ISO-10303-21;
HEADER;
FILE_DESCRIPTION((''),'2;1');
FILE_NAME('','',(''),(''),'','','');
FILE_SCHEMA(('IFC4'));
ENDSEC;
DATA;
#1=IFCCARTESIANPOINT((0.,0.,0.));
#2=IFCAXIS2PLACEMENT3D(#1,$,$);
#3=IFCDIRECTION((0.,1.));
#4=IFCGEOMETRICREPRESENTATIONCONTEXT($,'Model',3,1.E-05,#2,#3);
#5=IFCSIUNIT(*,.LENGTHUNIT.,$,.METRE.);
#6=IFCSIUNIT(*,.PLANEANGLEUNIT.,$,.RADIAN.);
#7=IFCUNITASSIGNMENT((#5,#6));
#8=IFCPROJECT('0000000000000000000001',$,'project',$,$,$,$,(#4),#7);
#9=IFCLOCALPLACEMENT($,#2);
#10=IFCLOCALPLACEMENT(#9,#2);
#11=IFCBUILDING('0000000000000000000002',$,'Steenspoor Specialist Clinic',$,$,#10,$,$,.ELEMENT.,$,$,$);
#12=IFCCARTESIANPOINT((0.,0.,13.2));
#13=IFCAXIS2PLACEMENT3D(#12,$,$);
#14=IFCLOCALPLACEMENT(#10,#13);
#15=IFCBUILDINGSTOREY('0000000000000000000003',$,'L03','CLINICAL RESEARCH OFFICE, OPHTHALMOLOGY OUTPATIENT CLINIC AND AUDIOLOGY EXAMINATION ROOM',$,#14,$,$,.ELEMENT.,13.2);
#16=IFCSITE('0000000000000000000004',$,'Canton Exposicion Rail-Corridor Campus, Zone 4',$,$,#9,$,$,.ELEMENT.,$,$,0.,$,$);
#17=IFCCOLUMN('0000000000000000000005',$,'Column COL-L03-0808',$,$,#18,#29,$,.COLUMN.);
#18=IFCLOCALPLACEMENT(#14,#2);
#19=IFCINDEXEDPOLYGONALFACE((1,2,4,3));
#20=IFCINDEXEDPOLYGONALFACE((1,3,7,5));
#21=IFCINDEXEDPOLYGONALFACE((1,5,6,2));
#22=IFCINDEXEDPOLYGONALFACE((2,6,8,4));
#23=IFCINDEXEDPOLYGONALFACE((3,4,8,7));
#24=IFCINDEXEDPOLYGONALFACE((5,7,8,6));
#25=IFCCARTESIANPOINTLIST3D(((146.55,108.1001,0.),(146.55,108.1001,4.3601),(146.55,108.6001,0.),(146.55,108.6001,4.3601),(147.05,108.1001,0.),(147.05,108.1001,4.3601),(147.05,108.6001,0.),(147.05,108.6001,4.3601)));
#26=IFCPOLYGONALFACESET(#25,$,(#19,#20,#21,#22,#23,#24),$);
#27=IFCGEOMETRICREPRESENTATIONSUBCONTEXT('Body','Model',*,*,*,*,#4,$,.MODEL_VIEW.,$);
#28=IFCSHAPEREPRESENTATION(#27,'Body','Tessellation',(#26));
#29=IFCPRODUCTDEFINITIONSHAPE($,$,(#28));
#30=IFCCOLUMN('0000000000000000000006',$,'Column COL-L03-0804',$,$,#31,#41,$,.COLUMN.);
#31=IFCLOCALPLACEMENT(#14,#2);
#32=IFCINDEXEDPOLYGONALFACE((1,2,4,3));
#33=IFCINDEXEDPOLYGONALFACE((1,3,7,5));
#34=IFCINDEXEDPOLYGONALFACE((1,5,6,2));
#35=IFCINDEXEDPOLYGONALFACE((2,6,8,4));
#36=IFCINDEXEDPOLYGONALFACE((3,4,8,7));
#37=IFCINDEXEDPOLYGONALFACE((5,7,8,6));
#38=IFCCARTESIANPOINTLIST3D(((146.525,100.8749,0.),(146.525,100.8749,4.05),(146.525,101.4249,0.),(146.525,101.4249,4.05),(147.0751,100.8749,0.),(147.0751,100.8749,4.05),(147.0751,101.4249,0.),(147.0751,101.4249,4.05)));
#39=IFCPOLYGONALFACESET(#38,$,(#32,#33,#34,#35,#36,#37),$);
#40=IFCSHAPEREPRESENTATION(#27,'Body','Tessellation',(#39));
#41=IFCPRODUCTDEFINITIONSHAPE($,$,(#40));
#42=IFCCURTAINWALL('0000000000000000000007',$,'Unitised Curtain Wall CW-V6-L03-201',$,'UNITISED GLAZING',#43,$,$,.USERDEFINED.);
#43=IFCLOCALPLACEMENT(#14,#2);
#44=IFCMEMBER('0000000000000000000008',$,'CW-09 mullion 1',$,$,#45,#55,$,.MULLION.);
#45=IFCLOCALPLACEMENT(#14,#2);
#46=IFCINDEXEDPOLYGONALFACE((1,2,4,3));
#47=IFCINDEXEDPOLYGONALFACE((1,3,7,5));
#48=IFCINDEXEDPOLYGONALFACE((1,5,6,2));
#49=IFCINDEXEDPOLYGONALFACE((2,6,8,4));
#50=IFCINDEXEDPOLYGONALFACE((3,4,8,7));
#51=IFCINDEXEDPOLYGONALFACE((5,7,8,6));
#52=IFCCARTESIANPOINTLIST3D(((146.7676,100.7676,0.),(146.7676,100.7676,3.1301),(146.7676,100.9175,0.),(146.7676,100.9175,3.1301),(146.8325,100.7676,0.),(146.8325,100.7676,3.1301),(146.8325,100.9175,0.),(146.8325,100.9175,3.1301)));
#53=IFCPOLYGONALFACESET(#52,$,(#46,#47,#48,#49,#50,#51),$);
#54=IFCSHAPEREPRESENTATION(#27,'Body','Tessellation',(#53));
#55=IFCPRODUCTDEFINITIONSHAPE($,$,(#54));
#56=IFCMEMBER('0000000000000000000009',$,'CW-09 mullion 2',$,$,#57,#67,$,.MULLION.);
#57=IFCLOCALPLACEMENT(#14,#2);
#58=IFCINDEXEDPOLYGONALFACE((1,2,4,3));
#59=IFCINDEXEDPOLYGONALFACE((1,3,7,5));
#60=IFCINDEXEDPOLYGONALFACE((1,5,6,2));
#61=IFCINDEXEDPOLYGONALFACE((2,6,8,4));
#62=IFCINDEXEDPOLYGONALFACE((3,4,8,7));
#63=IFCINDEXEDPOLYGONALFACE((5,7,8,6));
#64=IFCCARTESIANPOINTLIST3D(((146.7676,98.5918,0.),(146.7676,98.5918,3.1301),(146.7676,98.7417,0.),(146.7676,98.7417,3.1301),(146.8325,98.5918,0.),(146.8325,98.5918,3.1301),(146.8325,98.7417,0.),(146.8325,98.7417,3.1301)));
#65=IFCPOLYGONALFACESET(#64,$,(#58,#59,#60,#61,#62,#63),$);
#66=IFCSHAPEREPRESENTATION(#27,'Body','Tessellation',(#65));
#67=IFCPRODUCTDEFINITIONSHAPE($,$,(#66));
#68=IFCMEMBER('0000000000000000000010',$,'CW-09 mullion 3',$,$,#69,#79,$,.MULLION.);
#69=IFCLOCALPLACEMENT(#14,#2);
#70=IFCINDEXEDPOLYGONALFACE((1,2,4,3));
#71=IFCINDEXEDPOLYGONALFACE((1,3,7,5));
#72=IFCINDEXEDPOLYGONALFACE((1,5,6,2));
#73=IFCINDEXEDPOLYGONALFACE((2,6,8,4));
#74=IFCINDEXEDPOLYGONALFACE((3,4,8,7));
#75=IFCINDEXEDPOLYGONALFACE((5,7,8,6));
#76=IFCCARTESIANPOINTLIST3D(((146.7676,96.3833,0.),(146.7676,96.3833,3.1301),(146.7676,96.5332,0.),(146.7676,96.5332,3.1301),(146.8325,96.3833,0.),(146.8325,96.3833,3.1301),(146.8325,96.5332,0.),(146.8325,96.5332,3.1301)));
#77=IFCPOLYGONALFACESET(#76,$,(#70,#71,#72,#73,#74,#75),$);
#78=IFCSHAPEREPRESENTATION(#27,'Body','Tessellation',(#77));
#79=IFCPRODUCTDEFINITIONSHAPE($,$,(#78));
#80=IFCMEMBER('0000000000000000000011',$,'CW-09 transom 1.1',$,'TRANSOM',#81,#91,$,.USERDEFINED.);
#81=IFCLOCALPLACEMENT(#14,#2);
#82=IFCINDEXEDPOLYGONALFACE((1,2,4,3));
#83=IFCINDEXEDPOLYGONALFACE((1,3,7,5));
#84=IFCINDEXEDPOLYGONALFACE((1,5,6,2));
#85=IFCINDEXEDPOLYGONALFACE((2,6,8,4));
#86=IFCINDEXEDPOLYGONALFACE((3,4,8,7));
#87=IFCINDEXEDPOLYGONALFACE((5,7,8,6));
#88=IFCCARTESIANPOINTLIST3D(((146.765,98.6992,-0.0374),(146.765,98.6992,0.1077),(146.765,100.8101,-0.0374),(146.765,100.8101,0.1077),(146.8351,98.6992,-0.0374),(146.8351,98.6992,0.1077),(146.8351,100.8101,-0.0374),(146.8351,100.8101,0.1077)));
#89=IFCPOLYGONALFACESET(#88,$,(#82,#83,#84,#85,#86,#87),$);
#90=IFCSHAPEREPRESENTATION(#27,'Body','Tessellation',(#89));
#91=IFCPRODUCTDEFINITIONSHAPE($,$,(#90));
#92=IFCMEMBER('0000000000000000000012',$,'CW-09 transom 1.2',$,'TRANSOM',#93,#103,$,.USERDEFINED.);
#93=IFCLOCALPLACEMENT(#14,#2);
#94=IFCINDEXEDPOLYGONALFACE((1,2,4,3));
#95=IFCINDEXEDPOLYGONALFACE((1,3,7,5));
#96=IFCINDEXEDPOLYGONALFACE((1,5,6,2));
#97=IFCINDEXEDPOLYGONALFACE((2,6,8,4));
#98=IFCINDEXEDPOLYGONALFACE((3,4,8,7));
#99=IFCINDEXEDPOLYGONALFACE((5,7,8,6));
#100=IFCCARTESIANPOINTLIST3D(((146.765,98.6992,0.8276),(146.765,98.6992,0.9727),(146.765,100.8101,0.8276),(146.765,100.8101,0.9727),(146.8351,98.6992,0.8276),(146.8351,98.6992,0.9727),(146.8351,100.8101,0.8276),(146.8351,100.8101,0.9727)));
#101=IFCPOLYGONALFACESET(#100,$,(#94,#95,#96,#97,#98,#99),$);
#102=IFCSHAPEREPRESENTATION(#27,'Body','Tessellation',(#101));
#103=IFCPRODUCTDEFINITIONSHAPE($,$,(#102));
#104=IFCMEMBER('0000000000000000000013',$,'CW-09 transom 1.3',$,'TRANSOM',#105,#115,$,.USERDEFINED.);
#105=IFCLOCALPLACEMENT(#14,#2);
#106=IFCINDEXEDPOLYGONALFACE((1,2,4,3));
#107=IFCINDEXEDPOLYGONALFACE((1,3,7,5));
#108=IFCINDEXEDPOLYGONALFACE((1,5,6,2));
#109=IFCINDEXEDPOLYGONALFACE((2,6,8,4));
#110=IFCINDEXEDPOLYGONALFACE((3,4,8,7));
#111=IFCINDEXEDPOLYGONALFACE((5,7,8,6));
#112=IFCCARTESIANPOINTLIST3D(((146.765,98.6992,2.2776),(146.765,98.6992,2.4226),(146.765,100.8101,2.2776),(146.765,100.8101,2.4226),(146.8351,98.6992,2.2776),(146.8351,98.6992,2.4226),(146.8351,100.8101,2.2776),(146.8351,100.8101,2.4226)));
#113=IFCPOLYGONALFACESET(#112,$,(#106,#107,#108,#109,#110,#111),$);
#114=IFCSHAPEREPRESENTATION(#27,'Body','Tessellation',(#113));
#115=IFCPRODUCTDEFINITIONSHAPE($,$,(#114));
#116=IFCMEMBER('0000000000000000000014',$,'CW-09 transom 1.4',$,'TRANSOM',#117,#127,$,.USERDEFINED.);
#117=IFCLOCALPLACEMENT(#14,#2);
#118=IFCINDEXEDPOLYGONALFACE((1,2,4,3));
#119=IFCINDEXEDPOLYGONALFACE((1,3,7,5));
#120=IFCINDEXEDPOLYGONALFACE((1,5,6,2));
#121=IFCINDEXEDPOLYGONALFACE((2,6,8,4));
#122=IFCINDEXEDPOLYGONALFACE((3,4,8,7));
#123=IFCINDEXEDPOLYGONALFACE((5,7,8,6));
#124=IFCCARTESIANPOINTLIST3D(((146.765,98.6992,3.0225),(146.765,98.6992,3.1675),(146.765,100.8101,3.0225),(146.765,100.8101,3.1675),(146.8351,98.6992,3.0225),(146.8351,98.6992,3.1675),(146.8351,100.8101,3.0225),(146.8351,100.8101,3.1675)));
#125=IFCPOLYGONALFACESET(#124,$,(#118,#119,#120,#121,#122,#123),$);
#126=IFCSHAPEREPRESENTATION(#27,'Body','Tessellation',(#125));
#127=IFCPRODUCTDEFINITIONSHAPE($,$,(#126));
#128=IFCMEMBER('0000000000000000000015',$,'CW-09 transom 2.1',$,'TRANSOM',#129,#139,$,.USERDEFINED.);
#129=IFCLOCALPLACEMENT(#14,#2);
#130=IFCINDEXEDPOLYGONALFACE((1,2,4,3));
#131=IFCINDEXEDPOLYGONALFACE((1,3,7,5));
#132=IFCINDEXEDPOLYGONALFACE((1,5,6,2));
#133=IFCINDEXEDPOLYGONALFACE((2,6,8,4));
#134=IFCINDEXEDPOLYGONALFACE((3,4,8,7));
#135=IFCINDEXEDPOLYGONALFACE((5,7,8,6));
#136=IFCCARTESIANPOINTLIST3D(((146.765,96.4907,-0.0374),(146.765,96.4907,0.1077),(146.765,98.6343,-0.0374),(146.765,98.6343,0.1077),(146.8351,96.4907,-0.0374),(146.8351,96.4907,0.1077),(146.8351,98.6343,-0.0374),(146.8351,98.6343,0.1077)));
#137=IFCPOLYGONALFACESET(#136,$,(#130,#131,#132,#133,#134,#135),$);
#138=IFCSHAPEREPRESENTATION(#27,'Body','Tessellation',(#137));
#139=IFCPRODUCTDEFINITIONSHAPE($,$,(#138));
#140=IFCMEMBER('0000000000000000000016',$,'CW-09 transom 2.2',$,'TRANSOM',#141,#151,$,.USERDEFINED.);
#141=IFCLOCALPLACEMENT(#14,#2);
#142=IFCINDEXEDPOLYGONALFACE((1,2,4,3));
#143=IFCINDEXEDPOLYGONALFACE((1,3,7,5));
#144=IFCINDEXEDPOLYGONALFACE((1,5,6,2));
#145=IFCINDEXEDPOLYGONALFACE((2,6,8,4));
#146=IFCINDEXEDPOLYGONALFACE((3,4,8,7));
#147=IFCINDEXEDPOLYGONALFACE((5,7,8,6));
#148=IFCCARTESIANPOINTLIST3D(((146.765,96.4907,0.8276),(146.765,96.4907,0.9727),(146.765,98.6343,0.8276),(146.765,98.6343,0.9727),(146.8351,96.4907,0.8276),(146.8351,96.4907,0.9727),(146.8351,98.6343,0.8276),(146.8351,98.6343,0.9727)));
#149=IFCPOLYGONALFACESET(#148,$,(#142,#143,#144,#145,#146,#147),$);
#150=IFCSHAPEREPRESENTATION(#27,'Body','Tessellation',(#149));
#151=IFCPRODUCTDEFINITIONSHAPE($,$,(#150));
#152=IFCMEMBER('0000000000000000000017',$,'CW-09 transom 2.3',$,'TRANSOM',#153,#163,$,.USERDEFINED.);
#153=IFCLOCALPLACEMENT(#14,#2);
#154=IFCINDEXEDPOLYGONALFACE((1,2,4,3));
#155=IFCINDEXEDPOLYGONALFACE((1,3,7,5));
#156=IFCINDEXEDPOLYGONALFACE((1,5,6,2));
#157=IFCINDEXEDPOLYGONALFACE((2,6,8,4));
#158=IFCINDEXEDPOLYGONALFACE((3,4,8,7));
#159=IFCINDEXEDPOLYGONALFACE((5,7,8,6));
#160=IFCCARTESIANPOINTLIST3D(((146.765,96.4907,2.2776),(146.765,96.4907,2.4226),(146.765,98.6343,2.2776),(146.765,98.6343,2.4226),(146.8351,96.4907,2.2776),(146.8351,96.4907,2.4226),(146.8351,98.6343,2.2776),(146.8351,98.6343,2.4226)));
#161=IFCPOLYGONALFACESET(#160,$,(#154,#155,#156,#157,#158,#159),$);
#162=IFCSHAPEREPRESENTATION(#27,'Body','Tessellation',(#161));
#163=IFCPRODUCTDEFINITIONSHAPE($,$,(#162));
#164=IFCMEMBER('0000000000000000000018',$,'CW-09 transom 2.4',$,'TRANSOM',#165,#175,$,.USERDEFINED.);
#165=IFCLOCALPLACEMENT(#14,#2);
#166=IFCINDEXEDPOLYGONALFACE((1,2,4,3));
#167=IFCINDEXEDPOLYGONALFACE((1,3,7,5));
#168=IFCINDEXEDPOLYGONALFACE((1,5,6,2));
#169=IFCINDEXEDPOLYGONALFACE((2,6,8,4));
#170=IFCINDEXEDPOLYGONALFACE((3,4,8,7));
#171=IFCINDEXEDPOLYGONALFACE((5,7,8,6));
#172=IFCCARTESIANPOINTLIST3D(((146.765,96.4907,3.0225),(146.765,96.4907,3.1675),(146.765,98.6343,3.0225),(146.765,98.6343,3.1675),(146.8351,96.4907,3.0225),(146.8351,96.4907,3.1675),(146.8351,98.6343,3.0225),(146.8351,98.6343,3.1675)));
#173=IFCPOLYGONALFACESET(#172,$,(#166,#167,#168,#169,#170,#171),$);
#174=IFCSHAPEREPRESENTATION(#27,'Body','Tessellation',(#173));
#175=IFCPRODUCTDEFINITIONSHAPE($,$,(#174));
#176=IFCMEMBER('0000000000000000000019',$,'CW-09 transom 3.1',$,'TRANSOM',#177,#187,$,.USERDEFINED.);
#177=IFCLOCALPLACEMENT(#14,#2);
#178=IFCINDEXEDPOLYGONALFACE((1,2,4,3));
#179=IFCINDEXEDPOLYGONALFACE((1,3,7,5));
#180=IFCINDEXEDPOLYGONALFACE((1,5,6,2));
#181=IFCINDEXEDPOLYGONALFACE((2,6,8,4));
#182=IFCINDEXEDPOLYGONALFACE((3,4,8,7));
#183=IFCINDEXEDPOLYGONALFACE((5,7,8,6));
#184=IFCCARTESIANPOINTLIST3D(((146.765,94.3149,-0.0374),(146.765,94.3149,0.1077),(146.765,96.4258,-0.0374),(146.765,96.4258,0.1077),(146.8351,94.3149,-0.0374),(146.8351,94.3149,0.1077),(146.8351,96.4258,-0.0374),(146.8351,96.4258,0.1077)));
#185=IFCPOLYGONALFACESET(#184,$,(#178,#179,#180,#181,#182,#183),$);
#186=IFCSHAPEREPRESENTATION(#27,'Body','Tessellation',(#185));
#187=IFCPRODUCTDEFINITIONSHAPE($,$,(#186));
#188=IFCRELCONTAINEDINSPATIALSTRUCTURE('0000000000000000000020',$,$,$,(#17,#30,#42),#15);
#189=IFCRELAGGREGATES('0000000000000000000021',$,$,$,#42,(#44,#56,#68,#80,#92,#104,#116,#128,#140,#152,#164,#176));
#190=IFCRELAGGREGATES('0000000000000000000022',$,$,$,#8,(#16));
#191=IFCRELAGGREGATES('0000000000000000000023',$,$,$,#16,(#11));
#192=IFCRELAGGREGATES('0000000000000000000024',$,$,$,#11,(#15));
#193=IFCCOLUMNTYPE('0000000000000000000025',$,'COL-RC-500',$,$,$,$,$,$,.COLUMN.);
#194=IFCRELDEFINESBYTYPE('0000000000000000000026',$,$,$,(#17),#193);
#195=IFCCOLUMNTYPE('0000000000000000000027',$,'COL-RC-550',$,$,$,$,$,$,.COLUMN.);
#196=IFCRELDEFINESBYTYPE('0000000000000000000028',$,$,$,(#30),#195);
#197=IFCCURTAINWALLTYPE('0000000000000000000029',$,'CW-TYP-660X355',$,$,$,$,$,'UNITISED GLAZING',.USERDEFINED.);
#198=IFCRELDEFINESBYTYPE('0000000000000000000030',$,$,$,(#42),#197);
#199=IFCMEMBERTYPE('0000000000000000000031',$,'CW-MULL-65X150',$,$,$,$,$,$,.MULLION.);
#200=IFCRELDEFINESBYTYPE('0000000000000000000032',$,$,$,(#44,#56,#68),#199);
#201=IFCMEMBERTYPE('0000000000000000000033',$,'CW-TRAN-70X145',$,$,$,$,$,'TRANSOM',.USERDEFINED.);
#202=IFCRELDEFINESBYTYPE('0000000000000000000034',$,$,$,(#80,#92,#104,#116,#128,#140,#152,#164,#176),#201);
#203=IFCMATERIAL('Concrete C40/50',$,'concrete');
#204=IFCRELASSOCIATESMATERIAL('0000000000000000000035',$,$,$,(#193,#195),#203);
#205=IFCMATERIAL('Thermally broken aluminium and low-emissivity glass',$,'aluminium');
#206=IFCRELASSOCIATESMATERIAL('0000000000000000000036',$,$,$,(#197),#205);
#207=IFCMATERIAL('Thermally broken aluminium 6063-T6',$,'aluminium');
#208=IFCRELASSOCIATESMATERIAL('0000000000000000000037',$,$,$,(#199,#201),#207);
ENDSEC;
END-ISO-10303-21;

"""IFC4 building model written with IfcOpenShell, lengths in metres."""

from ifc_helpers import new_model, si_unit, direction, frame, origin, origin_2d, place, context, subcontext, project, spatial, rectangle, extrude, material, material_profile, profile_set, type_object, element, aggregate, save


model = new_model("IFC4")

# Units and contexts
model_context = context("Model", 3, precision=1e-05, world=origin(), true_north=direction((0.0, 1.0)))
body_context = subcontext(model_context, "Body", "Model", "MODEL_VIEW")
ifc_project = project(units=[si_unit("LENGTHUNIT", "METRE"), si_unit("PLANEANGLEUNIT", "RADIAN")], contexts=[model_context])

# Site, building, storey
site_placement = place(None, origin())
site = spatial("IfcSite", under=ifc_project, at=site_placement, Name="Canton Exposicion Rail-Corridor Campus, Zone 4", CompositionType="ELEMENT", RefElevation=0.0)
building_placement = place(site_placement, origin())
building = spatial("IfcBuilding", under=site, at=building_placement, Name="Steenspoor Specialist Clinic", CompositionType="ELEMENT")
storey_placement = place(building_placement, frame((0.0, 0.0, 13.2)))
storey = spatial("IfcBuildingStorey", under=building, at=storey_placement, Name="L03", Description="CLINICAL RESEARCH OFFICE, OPHTHALMOLOGY OUTPATIENT CLINIC AND AUDIOLOGY EXAMINATION ROOM", CompositionType="ELEMENT", Elevation=13.2)

# Columns
ifc_material_1 = material(Name="Concrete C40/50", Category="concrete")
ifc_material_profile_1 = material_profile(ifc_material_1, rectangle(XDim=0.5, YDim=0.5, at=origin_2d()), Name="RC-COL-500X500")
ifc_profile_set_1 = profile_set([ifc_material_profile_1], Name="Concrete C40/50")
column_type_1 = type_object("IfcColumnType", Name="COL-RC-500", PredefinedType="COLUMN", material=ifc_profile_set_1)
column_1_placement = place(storey_placement, frame((146.8, 108.3501, 0.0), z_axis=(0.0, 0.0, 1.0), x_axis=(1.0, 0.0, 0.0)))
element("IfcColumn", 1, at=column_1_placement, inside=storey, type_object=column_type_1, Name="Column COL-L03-0808", PredefinedType="COLUMN", context=body_context, shape_type="SweptSolid", body=[
    extrude(rectangle(XDim=0.5, YDim=0.5, at=origin_2d()), origin(), (0.0, 0.0, 1.0), 4.3601),
])
ifc_material_profile_2 = material_profile(ifc_material_1, rectangle(XDim=0.55, YDim=0.55, at=origin_2d()), Name="RC-COL-550X550")
ifc_profile_set_2 = profile_set([ifc_material_profile_2], Name="Concrete C40/50")
column_type_2 = type_object("IfcColumnType", Name="COL-RC-550", PredefinedType="COLUMN", material=ifc_profile_set_2)
column_2_placement = place(storey_placement, frame((146.8, 101.1499, 0.0), z_axis=(0.0, 0.0, 1.0), x_axis=(1.0, 0.0, 0.0)))
element("IfcColumn", 2, at=column_2_placement, inside=storey, type_object=column_type_2, Name="Column COL-L03-0804", PredefinedType="COLUMN", context=body_context, shape_type="SweptSolid", body=[
    extrude(rectangle(XDim=0.55, YDim=0.55, at=origin_2d()), origin(), (0.0, 0.0, 1.0), 4.05),
])

# Curtain wall, members
ifc_material_2 = material(Name="Thermally broken aluminium and low-emissivity glass", Category="aluminium")
curtain_wall_type = type_object("IfcCurtainWallType", Name="CW-TYP-660X355", ElementType="UNITISED GLAZING", PredefinedType="USERDEFINED", material=ifc_material_2)
curtain_wall_placement = place(storey_placement, origin())
curtain_wall = element("IfcCurtainWall", 3, at=curtain_wall_placement, inside=storey, type_object=curtain_wall_type, Name="Unitised Curtain Wall CW-V6-L03-201", ObjectType="UNITISED GLAZING", PredefinedType="USERDEFINED")
ifc_material_3 = material(Name="Thermally broken aluminium 6063-T6", Category="aluminium")
ifc_material_profile_3 = material_profile(ifc_material_3, rectangle(XDim=0.0649, YDim=0.1499, at=origin_2d()), Name="CWM-65X150")
ifc_profile_set_3 = profile_set([ifc_material_profile_3], Name="Thermally broken aluminium 6063-T6")
member_type_1 = type_object("IfcMemberType", Name="CW-MULL-65X150", PredefinedType="MULLION", material=ifc_profile_set_3)
member_1_placement = place(storey_placement, frame((146.8, 100.8425, 0.0), z_axis=(0.0, 0.0, 1.0), x_axis=(1.0, 0.0, 0.0)))
member_1 = element("IfcMember", 4, at=member_1_placement, type_object=member_type_1, Name="CW-09 mullion 1", PredefinedType="MULLION", context=body_context, shape_type="SweptSolid", body=[
    extrude(rectangle(XDim=0.0649, YDim=0.1499, at=origin_2d()), origin(), (0.0, 0.0, 1.0), 3.1301),
])
member_2_placement = place(storey_placement, frame((146.8, 98.6667, 0.0), z_axis=(0.0, 0.0, 1.0), x_axis=(1.0, 0.0, 0.0)))
member_2 = element("IfcMember", 5, at=member_2_placement, type_object=member_type_1, Name="CW-09 mullion 2", PredefinedType="MULLION", context=body_context, shape_type="SweptSolid", body=[
    extrude(rectangle(XDim=0.0649, YDim=0.1499, at=origin_2d()), origin(), (0.0, 0.0, 1.0), 3.1301),
])
member_3_placement = place(storey_placement, frame((146.8, 96.4583, 0.0), z_axis=(0.0, 0.0, 1.0), x_axis=(1.0, 0.0, 0.0)))
member_3 = element("IfcMember", 6, at=member_3_placement, type_object=member_type_1, Name="CW-09 mullion 3", PredefinedType="MULLION", context=body_context, shape_type="SweptSolid", body=[
    extrude(rectangle(XDim=0.0649, YDim=0.1499, at=origin_2d()), origin(), (0.0, 0.0, 1.0), 3.1301),
])
ifc_material_profile_4 = material_profile(ifc_material_3, rectangle(XDim=0.0701, YDim=0.145, at=origin_2d()), Name="CWT-70X145")
ifc_profile_set_4 = profile_set([ifc_material_profile_4], Name="Thermally broken aluminium 6063-T6")
member_type_2 = type_object("IfcMemberType", Name="CW-TRAN-70X145", ElementType="TRANSOM", PredefinedType="USERDEFINED", material=ifc_profile_set_4)
member_4_placement = place(storey_placement, frame((146.8, 100.8101, 0.0352), z_axis=(0.0, -1.0, 0.0), x_axis=(1.0, 0.0, 0.0)))
member_4 = element("IfcMember", 7, at=member_4_placement, type_object=member_type_2, Name="CW-09 transom 1.1", ObjectType="TRANSOM", PredefinedType="USERDEFINED", context=body_context, shape_type="SweptSolid", body=[
    extrude(rectangle(XDim=0.0701, YDim=0.145, at=origin_2d()), origin(), (0.0, 0.0, 1.0), 2.1108),
])
member_5_placement = place(storey_placement, frame((146.8, 100.8101, 0.9001), z_axis=(0.0, -1.0, 0.0), x_axis=(1.0, 0.0, 0.0)))
member_5 = element("IfcMember", 8, at=member_5_placement, type_object=member_type_2, Name="CW-09 transom 1.2", ObjectType="TRANSOM", PredefinedType="USERDEFINED", context=body_context, shape_type="SweptSolid", body=[
    extrude(rectangle(XDim=0.0701, YDim=0.145, at=origin_2d()), origin(), (0.0, 0.0, 1.0), 2.1108),
])
member_6_placement = place(storey_placement, frame((146.8, 100.8101, 2.3501), z_axis=(0.0, -1.0, 0.0), x_axis=(1.0, 0.0, 0.0)))
member_6 = element("IfcMember", 9, at=member_6_placement, type_object=member_type_2, Name="CW-09 transom 1.3", ObjectType="TRANSOM", PredefinedType="USERDEFINED", context=body_context, shape_type="SweptSolid", body=[
    extrude(rectangle(XDim=0.0701, YDim=0.145, at=origin_2d()), origin(), (0.0, 0.0, 1.0), 2.1108),
])
member_7_placement = place(storey_placement, frame((146.8, 100.8101, 3.095), z_axis=(0.0, -1.0, 0.0), x_axis=(1.0, 0.0, 0.0)))
member_7 = element("IfcMember", 10, at=member_7_placement, type_object=member_type_2, Name="CW-09 transom 1.4", ObjectType="TRANSOM", PredefinedType="USERDEFINED", context=body_context, shape_type="SweptSolid", body=[
    extrude(rectangle(XDim=0.0701, YDim=0.145, at=origin_2d()), origin(), (0.0, 0.0, 1.0), 2.1108),
])
member_8_placement = place(storey_placement, frame((146.8, 98.6343, 0.0352), z_axis=(0.0, -1.0, 0.0), x_axis=(1.0, 0.0, 0.0)))
member_8 = element("IfcMember", 11, at=member_8_placement, type_object=member_type_2, Name="CW-09 transom 2.1", ObjectType="TRANSOM", PredefinedType="USERDEFINED", context=body_context, shape_type="SweptSolid", body=[
    extrude(rectangle(XDim=0.0701, YDim=0.145, at=origin_2d()), origin(), (0.0, 0.0, 1.0), 2.1436),
])
member_9_placement = place(storey_placement, frame((146.8, 98.6343, 0.9001), z_axis=(0.0, -1.0, 0.0), x_axis=(1.0, 0.0, 0.0)))
member_9 = element("IfcMember", 12, at=member_9_placement, type_object=member_type_2, Name="CW-09 transom 2.2", ObjectType="TRANSOM", PredefinedType="USERDEFINED", context=body_context, shape_type="SweptSolid", body=[
    extrude(rectangle(XDim=0.0701, YDim=0.145, at=origin_2d()), origin(), (0.0, 0.0, 1.0), 2.1436),
])
member_10_placement = place(storey_placement, frame((146.8, 98.6343, 2.3501), z_axis=(0.0, -1.0, 0.0), x_axis=(1.0, 0.0, 0.0)))
member_10 = element("IfcMember", 13, at=member_10_placement, type_object=member_type_2, Name="CW-09 transom 2.3", ObjectType="TRANSOM", PredefinedType="USERDEFINED", context=body_context, shape_type="SweptSolid", body=[
    extrude(rectangle(XDim=0.0701, YDim=0.145, at=origin_2d()), origin(), (0.0, 0.0, 1.0), 2.1436),
])
member_11_placement = place(storey_placement, frame((146.8, 98.6343, 3.095), z_axis=(0.0, -1.0, 0.0), x_axis=(1.0, 0.0, 0.0)))
member_11 = element("IfcMember", 14, at=member_11_placement, type_object=member_type_2, Name="CW-09 transom 2.4", ObjectType="TRANSOM", PredefinedType="USERDEFINED", context=body_context, shape_type="SweptSolid", body=[
    extrude(rectangle(XDim=0.0701, YDim=0.145, at=origin_2d()), origin(), (0.0, 0.0, 1.0), 2.1436),
])
member_12_placement = place(storey_placement, frame((146.8, 96.4258, 0.0352), z_axis=(0.0, -1.0, 0.0), x_axis=(1.0, 0.0, 0.0)))
member_12 = element("IfcMember", 15, at=member_12_placement, type_object=member_type_2, Name="CW-09 transom 3.1", ObjectType="TRANSOM", PredefinedType="USERDEFINED", context=body_context, shape_type="SweptSolid", body=[
    extrude(rectangle(XDim=0.0701, YDim=0.145, at=origin_2d()), origin(), (0.0, 0.0, 1.0), 2.1108),
])

aggregate(curtain_wall, [member_1, member_2, member_3, member_4, member_5, member_6, member_7, member_8, member_9, member_10, member_11, member_12])

save(model, "model.ifc")
